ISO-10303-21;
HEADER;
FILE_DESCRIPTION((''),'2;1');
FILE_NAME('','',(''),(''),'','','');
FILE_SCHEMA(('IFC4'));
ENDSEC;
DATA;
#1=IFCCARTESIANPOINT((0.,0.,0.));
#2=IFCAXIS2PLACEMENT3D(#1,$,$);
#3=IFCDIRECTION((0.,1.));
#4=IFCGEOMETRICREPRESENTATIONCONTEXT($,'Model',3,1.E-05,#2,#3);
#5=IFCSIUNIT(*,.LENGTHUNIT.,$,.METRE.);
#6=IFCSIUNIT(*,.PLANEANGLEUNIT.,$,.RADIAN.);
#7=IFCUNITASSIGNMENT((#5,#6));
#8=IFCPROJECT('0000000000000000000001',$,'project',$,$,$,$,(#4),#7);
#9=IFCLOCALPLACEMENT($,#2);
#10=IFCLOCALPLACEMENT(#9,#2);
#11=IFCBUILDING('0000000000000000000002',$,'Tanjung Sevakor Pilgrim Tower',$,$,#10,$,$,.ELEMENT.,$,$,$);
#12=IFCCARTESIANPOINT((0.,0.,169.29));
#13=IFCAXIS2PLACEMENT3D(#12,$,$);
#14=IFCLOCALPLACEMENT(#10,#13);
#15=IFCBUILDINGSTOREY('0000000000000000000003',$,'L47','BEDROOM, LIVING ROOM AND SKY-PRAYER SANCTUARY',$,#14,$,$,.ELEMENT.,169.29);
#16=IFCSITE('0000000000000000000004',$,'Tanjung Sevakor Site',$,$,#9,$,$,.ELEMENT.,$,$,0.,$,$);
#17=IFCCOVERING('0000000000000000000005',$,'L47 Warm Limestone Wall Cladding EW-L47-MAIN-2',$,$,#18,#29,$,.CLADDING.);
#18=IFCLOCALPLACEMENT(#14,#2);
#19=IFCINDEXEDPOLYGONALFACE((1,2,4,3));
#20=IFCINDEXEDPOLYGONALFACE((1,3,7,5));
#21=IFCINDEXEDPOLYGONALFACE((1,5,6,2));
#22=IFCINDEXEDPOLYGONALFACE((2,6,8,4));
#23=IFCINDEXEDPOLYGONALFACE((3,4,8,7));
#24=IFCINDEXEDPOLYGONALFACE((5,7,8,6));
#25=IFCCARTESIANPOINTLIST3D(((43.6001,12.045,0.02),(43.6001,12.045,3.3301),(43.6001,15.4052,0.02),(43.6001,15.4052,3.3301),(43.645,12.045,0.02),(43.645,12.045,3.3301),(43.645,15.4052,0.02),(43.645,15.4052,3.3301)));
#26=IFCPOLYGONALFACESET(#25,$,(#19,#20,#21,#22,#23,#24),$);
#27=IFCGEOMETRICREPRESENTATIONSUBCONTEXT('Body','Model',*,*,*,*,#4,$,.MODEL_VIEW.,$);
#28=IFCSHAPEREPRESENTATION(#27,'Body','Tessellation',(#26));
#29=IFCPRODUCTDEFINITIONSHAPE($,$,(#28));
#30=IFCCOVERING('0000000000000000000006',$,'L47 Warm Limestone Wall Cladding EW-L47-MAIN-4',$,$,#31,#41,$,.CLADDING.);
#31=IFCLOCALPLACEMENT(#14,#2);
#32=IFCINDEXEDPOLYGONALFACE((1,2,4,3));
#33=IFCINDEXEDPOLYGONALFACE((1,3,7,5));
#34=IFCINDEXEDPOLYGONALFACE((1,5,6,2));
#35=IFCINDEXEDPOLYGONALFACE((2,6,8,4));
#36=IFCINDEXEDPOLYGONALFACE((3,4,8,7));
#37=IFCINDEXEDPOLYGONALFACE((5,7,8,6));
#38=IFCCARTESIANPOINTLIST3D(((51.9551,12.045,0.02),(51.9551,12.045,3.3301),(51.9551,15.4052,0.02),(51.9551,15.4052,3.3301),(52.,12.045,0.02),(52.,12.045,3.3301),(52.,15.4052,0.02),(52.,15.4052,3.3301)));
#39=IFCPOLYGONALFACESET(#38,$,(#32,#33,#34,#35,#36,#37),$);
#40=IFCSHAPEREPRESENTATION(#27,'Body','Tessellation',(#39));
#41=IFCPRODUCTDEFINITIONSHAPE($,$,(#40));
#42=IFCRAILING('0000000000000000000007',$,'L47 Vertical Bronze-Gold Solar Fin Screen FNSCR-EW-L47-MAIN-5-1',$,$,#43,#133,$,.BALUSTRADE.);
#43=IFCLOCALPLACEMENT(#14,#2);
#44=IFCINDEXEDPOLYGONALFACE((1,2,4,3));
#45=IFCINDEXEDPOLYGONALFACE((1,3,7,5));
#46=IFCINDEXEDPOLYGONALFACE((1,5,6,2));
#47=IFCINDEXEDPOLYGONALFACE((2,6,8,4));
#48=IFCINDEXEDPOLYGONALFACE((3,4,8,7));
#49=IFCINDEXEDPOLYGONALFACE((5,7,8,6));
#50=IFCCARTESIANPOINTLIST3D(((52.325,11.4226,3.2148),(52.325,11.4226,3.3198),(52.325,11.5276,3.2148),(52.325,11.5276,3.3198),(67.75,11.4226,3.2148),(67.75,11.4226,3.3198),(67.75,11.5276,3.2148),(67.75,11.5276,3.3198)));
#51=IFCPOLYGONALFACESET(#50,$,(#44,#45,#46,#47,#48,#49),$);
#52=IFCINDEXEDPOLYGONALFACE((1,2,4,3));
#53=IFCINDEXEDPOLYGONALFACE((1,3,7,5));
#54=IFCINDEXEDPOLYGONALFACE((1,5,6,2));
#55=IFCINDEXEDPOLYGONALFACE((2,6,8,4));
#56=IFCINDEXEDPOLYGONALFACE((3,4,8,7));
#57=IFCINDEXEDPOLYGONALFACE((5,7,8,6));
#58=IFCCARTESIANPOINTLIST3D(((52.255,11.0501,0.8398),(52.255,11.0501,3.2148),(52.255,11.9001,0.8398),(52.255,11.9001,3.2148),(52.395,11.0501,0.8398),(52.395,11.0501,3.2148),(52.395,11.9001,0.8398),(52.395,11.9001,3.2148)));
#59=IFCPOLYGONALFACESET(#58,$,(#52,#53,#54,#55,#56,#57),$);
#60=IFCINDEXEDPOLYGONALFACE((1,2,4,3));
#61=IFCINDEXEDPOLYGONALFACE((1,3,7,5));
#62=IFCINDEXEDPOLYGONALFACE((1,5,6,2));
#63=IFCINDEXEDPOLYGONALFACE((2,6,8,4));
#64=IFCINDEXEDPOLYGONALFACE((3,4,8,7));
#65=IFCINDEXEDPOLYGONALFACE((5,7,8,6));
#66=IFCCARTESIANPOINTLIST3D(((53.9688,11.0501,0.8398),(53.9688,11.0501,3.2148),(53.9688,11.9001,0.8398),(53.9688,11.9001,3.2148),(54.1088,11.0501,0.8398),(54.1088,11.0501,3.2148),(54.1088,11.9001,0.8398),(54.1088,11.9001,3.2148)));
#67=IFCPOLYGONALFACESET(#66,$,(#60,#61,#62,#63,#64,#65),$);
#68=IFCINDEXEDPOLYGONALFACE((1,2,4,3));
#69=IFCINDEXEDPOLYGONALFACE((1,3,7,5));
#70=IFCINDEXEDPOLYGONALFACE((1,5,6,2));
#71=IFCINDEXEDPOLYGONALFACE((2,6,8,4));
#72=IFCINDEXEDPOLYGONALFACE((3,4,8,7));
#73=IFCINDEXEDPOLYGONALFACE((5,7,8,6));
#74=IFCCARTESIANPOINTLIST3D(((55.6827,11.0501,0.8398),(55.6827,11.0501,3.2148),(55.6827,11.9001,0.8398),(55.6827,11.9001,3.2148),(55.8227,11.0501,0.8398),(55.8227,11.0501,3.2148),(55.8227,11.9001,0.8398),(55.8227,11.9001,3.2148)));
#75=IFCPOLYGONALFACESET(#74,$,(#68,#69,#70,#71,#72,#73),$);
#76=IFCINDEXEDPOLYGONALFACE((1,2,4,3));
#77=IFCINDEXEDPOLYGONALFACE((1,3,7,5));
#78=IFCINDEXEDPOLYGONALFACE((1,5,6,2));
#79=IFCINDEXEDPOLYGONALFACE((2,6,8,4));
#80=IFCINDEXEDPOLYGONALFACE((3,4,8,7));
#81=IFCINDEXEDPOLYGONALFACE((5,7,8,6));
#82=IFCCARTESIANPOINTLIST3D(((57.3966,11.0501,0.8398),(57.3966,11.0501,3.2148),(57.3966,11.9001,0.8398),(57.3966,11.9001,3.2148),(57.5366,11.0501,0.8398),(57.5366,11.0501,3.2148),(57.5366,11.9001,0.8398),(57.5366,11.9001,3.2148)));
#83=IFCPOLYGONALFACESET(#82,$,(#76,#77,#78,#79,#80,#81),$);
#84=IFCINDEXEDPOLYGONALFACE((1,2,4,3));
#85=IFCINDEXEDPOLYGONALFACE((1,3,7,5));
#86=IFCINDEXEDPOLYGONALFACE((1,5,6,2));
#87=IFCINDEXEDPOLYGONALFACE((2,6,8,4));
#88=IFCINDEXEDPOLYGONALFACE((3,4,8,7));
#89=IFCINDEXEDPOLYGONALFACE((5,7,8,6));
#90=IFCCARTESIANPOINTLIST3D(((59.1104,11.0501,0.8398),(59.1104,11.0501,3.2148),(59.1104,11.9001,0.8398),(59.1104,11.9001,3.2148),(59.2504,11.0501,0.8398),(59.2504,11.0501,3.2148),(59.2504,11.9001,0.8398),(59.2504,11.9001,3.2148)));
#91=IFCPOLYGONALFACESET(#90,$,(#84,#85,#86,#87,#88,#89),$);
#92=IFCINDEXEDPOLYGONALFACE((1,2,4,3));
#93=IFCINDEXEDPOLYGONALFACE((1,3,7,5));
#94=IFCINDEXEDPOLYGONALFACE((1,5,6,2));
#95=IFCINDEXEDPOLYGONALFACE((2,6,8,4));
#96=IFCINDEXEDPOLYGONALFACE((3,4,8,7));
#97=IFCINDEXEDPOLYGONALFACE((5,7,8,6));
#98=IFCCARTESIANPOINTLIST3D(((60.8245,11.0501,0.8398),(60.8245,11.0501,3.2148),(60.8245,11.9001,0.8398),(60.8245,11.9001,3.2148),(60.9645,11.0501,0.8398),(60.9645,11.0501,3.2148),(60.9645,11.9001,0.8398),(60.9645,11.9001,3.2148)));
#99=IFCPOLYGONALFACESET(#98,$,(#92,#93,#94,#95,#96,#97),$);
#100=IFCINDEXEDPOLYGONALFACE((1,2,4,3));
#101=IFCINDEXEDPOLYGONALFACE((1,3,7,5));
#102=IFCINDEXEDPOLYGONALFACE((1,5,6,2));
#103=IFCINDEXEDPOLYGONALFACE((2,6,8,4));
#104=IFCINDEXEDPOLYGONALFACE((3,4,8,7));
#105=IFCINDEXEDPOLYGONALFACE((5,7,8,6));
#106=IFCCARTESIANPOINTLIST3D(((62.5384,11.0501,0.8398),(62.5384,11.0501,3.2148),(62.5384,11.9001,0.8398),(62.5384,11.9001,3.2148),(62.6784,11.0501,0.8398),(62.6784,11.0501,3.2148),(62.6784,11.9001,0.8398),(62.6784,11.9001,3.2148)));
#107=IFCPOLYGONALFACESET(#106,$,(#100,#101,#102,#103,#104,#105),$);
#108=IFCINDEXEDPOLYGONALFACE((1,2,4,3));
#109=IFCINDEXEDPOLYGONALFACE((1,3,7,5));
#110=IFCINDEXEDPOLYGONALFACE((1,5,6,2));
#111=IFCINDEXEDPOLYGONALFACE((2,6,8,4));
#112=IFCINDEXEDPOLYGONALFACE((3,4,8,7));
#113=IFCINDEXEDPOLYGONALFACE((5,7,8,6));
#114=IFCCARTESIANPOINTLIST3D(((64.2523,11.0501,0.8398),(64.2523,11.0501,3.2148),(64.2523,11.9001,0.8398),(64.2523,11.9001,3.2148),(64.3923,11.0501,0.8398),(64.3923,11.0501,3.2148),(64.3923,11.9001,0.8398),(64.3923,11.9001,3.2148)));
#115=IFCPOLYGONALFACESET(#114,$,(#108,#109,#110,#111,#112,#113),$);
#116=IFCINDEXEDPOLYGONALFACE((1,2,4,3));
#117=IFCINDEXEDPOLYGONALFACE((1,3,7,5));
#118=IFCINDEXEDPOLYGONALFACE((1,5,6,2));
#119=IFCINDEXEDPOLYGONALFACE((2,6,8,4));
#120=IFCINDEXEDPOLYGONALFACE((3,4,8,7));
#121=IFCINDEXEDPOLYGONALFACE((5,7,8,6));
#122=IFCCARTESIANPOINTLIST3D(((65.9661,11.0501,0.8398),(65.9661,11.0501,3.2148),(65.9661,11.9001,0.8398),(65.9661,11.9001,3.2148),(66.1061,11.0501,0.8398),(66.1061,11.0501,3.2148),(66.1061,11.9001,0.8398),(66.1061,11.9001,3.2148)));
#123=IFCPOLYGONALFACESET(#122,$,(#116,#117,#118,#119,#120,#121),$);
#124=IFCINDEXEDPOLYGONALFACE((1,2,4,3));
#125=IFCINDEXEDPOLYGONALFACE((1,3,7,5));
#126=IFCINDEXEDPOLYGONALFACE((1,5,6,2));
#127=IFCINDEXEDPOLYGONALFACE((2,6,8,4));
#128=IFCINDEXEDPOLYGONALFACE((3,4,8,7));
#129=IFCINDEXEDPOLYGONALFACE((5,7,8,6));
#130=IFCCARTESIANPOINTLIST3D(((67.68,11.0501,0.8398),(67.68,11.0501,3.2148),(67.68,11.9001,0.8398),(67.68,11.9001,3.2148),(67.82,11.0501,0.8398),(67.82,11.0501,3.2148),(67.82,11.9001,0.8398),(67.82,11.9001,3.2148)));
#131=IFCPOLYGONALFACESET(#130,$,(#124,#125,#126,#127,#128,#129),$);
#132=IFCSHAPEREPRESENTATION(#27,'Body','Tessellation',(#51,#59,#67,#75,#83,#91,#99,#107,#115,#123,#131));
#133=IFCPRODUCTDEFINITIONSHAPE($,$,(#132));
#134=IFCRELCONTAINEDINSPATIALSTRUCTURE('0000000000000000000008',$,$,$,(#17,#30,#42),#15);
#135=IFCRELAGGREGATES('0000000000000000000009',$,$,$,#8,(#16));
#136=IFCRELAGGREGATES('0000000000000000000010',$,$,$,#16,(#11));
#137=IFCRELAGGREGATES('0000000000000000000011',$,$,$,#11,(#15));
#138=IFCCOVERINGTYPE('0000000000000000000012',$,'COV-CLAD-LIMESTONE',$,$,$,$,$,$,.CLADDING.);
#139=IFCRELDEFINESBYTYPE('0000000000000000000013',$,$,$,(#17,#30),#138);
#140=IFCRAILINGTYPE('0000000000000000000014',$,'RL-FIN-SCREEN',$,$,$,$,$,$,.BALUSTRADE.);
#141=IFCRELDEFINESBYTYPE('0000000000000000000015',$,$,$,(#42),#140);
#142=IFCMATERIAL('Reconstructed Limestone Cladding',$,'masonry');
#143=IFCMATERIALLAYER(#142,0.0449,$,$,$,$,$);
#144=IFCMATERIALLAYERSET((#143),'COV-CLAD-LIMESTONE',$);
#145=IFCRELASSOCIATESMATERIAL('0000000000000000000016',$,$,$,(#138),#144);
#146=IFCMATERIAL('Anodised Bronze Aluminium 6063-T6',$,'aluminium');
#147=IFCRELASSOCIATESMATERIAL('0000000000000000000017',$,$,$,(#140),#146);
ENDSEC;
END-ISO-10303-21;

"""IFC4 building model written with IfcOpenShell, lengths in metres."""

from ifc_helpers import new_model, si_unit, direction, frame, origin, origin_2d, place, context, subcontext, project, spatial, rectangle, extrude, material, layer, layer_set, type_object, element, save


model = new_model("IFC4")

# Units and contexts
model_context = context("Model", 3, precision=1e-05, world=origin(), true_north=direction((0.0, 1.0)))
body_context = subcontext(model_context, "Body", "Model", "MODEL_VIEW")
ifc_project = project(units=[si_unit("LENGTHUNIT", "METRE"), si_unit("PLANEANGLEUNIT", "RADIAN")], contexts=[model_context])

# Site, building, storey
site_placement = place(None, origin())
site = spatial("IfcSite", under=ifc_project, at=site_placement, Name="Tanjung Sevakor Site", CompositionType="ELEMENT", RefElevation=0.0)
building_placement = place(site_placement, origin())
building = spatial("IfcBuilding", under=site, at=building_placement, Name="Tanjung Sevakor Pilgrim Tower", CompositionType="ELEMENT")
storey_placement = place(building_placement, frame((0.0, 0.0, 169.29)))
storey = spatial("IfcBuildingStorey", under=building, at=storey_placement, Name="L47", Description="BEDROOM, LIVING ROOM AND SKY-PRAYER SANCTUARY", CompositionType="ELEMENT", Elevation=169.29)

# Coverings
ifc_material_1 = material(Name="Reconstructed Limestone Cladding", Category="masonry")
ifc_layer_1 = layer(ifc_material_1, 0.0449)
ifc_layer_set_1 = layer_set([ifc_layer_1], Name="COV-CLAD-LIMESTONE")
covering_type = type_object("IfcCoveringType", Name="COV-CLAD-LIMESTONE", PredefinedType="CLADDING", material=ifc_layer_set_1)
for number, where, z_axis, x_axis, name in (
    (1, (43.6226, 13.7251, 0.02), (0.0, 0.0, 1.0), (0.0, 1.0, 0.0), "L47 Warm Limestone Wall Cladding EW-L47-MAIN-2"),
    (2, (51.9775, 13.7251, 0.02), (0.0, 0.0, 1.0), (0.0, -1.0, 0.0), "L47 Warm Limestone Wall Cladding EW-L47-MAIN-4"),
):
    element("IfcCovering", number, at=place(storey_placement, frame(where, z_axis=z_axis, x_axis=x_axis)), inside=storey, type_object=covering_type, Name=name, PredefinedType="CLADDING", context=body_context, shape_type="SweptSolid", body=[
        extrude(rectangle(XDim=3.3601, YDim=0.0449, at=origin_2d()), origin(), (0.0, 0.0, 1.0), 3.3101),
    ])

# Railing
ifc_material_2 = material(Name="Anodised Bronze Aluminium 6063-T6", Category="aluminium")
railing_type = type_object("IfcRailingType", Name="RL-FIN-SCREEN", PredefinedType="BALUSTRADE", material=ifc_material_2)
railing_placement = place(storey_placement, frame((52.325, 11.4751, 0.8398)))
element("IfcRailing", 3, at=railing_placement, inside=storey, type_object=railing_type, Name="L47 Vertical Bronze-Gold Solar Fin Screen FNSCR-EW-L47-MAIN-5-1", PredefinedType="BALUSTRADE", context=body_context, shape_type="SweptSolid", body=[
    extrude(rectangle(XDim=0.105, YDim=0.105), frame((0.0, 0.0, 2.4275), z_axis=(1.0, 0.0, 0.0), x_axis=(0.0, 1.0, 0.0)), (0.0, 0.0, 1.0), 15.425),
    extrude(rectangle(XDim=0.14, YDim=0.85), origin(), (0.0, 0.0, 1.0), 2.375),
    extrude(rectangle(XDim=0.14, YDim=0.85), frame((1.7139, 0.0, 0.0)), (0.0, 0.0, 1.0), 2.375),
    extrude(rectangle(XDim=0.14, YDim=0.85), frame((3.4277, 0.0, 0.0)), (0.0, 0.0, 1.0), 2.375),
    extrude(rectangle(XDim=0.14, YDim=0.85), frame((5.1416, 0.0, 0.0)), (0.0, 0.0, 1.0), 2.375),
    extrude(rectangle(XDim=0.14, YDim=0.85), frame((6.8555, 0.0, 0.0)), (0.0, 0.0, 1.0), 2.375),
    extrude(rectangle(XDim=0.14, YDim=0.85), frame((8.5696, 0.0, 0.0)), (0.0, 0.0, 1.0), 2.375),
    extrude(rectangle(XDim=0.14, YDim=0.85), frame((10.2834, 0.0, 0.0)), (0.0, 0.0, 1.0), 2.375),
    extrude(rectangle(XDim=0.14, YDim=0.85), frame((11.9973, 0.0, 0.0)), (0.0, 0.0, 1.0), 2.375),
    extrude(rectangle(XDim=0.14, YDim=0.85), frame((13.7112, 0.0, 0.0)), (0.0, 0.0, 1.0), 2.375),
    extrude(rectangle(XDim=0.14, YDim=0.85), frame((15.425, 0.0, 0.0)), (0.0, 0.0, 1.0), 2.375),
])

save(model, "model.ifc")
